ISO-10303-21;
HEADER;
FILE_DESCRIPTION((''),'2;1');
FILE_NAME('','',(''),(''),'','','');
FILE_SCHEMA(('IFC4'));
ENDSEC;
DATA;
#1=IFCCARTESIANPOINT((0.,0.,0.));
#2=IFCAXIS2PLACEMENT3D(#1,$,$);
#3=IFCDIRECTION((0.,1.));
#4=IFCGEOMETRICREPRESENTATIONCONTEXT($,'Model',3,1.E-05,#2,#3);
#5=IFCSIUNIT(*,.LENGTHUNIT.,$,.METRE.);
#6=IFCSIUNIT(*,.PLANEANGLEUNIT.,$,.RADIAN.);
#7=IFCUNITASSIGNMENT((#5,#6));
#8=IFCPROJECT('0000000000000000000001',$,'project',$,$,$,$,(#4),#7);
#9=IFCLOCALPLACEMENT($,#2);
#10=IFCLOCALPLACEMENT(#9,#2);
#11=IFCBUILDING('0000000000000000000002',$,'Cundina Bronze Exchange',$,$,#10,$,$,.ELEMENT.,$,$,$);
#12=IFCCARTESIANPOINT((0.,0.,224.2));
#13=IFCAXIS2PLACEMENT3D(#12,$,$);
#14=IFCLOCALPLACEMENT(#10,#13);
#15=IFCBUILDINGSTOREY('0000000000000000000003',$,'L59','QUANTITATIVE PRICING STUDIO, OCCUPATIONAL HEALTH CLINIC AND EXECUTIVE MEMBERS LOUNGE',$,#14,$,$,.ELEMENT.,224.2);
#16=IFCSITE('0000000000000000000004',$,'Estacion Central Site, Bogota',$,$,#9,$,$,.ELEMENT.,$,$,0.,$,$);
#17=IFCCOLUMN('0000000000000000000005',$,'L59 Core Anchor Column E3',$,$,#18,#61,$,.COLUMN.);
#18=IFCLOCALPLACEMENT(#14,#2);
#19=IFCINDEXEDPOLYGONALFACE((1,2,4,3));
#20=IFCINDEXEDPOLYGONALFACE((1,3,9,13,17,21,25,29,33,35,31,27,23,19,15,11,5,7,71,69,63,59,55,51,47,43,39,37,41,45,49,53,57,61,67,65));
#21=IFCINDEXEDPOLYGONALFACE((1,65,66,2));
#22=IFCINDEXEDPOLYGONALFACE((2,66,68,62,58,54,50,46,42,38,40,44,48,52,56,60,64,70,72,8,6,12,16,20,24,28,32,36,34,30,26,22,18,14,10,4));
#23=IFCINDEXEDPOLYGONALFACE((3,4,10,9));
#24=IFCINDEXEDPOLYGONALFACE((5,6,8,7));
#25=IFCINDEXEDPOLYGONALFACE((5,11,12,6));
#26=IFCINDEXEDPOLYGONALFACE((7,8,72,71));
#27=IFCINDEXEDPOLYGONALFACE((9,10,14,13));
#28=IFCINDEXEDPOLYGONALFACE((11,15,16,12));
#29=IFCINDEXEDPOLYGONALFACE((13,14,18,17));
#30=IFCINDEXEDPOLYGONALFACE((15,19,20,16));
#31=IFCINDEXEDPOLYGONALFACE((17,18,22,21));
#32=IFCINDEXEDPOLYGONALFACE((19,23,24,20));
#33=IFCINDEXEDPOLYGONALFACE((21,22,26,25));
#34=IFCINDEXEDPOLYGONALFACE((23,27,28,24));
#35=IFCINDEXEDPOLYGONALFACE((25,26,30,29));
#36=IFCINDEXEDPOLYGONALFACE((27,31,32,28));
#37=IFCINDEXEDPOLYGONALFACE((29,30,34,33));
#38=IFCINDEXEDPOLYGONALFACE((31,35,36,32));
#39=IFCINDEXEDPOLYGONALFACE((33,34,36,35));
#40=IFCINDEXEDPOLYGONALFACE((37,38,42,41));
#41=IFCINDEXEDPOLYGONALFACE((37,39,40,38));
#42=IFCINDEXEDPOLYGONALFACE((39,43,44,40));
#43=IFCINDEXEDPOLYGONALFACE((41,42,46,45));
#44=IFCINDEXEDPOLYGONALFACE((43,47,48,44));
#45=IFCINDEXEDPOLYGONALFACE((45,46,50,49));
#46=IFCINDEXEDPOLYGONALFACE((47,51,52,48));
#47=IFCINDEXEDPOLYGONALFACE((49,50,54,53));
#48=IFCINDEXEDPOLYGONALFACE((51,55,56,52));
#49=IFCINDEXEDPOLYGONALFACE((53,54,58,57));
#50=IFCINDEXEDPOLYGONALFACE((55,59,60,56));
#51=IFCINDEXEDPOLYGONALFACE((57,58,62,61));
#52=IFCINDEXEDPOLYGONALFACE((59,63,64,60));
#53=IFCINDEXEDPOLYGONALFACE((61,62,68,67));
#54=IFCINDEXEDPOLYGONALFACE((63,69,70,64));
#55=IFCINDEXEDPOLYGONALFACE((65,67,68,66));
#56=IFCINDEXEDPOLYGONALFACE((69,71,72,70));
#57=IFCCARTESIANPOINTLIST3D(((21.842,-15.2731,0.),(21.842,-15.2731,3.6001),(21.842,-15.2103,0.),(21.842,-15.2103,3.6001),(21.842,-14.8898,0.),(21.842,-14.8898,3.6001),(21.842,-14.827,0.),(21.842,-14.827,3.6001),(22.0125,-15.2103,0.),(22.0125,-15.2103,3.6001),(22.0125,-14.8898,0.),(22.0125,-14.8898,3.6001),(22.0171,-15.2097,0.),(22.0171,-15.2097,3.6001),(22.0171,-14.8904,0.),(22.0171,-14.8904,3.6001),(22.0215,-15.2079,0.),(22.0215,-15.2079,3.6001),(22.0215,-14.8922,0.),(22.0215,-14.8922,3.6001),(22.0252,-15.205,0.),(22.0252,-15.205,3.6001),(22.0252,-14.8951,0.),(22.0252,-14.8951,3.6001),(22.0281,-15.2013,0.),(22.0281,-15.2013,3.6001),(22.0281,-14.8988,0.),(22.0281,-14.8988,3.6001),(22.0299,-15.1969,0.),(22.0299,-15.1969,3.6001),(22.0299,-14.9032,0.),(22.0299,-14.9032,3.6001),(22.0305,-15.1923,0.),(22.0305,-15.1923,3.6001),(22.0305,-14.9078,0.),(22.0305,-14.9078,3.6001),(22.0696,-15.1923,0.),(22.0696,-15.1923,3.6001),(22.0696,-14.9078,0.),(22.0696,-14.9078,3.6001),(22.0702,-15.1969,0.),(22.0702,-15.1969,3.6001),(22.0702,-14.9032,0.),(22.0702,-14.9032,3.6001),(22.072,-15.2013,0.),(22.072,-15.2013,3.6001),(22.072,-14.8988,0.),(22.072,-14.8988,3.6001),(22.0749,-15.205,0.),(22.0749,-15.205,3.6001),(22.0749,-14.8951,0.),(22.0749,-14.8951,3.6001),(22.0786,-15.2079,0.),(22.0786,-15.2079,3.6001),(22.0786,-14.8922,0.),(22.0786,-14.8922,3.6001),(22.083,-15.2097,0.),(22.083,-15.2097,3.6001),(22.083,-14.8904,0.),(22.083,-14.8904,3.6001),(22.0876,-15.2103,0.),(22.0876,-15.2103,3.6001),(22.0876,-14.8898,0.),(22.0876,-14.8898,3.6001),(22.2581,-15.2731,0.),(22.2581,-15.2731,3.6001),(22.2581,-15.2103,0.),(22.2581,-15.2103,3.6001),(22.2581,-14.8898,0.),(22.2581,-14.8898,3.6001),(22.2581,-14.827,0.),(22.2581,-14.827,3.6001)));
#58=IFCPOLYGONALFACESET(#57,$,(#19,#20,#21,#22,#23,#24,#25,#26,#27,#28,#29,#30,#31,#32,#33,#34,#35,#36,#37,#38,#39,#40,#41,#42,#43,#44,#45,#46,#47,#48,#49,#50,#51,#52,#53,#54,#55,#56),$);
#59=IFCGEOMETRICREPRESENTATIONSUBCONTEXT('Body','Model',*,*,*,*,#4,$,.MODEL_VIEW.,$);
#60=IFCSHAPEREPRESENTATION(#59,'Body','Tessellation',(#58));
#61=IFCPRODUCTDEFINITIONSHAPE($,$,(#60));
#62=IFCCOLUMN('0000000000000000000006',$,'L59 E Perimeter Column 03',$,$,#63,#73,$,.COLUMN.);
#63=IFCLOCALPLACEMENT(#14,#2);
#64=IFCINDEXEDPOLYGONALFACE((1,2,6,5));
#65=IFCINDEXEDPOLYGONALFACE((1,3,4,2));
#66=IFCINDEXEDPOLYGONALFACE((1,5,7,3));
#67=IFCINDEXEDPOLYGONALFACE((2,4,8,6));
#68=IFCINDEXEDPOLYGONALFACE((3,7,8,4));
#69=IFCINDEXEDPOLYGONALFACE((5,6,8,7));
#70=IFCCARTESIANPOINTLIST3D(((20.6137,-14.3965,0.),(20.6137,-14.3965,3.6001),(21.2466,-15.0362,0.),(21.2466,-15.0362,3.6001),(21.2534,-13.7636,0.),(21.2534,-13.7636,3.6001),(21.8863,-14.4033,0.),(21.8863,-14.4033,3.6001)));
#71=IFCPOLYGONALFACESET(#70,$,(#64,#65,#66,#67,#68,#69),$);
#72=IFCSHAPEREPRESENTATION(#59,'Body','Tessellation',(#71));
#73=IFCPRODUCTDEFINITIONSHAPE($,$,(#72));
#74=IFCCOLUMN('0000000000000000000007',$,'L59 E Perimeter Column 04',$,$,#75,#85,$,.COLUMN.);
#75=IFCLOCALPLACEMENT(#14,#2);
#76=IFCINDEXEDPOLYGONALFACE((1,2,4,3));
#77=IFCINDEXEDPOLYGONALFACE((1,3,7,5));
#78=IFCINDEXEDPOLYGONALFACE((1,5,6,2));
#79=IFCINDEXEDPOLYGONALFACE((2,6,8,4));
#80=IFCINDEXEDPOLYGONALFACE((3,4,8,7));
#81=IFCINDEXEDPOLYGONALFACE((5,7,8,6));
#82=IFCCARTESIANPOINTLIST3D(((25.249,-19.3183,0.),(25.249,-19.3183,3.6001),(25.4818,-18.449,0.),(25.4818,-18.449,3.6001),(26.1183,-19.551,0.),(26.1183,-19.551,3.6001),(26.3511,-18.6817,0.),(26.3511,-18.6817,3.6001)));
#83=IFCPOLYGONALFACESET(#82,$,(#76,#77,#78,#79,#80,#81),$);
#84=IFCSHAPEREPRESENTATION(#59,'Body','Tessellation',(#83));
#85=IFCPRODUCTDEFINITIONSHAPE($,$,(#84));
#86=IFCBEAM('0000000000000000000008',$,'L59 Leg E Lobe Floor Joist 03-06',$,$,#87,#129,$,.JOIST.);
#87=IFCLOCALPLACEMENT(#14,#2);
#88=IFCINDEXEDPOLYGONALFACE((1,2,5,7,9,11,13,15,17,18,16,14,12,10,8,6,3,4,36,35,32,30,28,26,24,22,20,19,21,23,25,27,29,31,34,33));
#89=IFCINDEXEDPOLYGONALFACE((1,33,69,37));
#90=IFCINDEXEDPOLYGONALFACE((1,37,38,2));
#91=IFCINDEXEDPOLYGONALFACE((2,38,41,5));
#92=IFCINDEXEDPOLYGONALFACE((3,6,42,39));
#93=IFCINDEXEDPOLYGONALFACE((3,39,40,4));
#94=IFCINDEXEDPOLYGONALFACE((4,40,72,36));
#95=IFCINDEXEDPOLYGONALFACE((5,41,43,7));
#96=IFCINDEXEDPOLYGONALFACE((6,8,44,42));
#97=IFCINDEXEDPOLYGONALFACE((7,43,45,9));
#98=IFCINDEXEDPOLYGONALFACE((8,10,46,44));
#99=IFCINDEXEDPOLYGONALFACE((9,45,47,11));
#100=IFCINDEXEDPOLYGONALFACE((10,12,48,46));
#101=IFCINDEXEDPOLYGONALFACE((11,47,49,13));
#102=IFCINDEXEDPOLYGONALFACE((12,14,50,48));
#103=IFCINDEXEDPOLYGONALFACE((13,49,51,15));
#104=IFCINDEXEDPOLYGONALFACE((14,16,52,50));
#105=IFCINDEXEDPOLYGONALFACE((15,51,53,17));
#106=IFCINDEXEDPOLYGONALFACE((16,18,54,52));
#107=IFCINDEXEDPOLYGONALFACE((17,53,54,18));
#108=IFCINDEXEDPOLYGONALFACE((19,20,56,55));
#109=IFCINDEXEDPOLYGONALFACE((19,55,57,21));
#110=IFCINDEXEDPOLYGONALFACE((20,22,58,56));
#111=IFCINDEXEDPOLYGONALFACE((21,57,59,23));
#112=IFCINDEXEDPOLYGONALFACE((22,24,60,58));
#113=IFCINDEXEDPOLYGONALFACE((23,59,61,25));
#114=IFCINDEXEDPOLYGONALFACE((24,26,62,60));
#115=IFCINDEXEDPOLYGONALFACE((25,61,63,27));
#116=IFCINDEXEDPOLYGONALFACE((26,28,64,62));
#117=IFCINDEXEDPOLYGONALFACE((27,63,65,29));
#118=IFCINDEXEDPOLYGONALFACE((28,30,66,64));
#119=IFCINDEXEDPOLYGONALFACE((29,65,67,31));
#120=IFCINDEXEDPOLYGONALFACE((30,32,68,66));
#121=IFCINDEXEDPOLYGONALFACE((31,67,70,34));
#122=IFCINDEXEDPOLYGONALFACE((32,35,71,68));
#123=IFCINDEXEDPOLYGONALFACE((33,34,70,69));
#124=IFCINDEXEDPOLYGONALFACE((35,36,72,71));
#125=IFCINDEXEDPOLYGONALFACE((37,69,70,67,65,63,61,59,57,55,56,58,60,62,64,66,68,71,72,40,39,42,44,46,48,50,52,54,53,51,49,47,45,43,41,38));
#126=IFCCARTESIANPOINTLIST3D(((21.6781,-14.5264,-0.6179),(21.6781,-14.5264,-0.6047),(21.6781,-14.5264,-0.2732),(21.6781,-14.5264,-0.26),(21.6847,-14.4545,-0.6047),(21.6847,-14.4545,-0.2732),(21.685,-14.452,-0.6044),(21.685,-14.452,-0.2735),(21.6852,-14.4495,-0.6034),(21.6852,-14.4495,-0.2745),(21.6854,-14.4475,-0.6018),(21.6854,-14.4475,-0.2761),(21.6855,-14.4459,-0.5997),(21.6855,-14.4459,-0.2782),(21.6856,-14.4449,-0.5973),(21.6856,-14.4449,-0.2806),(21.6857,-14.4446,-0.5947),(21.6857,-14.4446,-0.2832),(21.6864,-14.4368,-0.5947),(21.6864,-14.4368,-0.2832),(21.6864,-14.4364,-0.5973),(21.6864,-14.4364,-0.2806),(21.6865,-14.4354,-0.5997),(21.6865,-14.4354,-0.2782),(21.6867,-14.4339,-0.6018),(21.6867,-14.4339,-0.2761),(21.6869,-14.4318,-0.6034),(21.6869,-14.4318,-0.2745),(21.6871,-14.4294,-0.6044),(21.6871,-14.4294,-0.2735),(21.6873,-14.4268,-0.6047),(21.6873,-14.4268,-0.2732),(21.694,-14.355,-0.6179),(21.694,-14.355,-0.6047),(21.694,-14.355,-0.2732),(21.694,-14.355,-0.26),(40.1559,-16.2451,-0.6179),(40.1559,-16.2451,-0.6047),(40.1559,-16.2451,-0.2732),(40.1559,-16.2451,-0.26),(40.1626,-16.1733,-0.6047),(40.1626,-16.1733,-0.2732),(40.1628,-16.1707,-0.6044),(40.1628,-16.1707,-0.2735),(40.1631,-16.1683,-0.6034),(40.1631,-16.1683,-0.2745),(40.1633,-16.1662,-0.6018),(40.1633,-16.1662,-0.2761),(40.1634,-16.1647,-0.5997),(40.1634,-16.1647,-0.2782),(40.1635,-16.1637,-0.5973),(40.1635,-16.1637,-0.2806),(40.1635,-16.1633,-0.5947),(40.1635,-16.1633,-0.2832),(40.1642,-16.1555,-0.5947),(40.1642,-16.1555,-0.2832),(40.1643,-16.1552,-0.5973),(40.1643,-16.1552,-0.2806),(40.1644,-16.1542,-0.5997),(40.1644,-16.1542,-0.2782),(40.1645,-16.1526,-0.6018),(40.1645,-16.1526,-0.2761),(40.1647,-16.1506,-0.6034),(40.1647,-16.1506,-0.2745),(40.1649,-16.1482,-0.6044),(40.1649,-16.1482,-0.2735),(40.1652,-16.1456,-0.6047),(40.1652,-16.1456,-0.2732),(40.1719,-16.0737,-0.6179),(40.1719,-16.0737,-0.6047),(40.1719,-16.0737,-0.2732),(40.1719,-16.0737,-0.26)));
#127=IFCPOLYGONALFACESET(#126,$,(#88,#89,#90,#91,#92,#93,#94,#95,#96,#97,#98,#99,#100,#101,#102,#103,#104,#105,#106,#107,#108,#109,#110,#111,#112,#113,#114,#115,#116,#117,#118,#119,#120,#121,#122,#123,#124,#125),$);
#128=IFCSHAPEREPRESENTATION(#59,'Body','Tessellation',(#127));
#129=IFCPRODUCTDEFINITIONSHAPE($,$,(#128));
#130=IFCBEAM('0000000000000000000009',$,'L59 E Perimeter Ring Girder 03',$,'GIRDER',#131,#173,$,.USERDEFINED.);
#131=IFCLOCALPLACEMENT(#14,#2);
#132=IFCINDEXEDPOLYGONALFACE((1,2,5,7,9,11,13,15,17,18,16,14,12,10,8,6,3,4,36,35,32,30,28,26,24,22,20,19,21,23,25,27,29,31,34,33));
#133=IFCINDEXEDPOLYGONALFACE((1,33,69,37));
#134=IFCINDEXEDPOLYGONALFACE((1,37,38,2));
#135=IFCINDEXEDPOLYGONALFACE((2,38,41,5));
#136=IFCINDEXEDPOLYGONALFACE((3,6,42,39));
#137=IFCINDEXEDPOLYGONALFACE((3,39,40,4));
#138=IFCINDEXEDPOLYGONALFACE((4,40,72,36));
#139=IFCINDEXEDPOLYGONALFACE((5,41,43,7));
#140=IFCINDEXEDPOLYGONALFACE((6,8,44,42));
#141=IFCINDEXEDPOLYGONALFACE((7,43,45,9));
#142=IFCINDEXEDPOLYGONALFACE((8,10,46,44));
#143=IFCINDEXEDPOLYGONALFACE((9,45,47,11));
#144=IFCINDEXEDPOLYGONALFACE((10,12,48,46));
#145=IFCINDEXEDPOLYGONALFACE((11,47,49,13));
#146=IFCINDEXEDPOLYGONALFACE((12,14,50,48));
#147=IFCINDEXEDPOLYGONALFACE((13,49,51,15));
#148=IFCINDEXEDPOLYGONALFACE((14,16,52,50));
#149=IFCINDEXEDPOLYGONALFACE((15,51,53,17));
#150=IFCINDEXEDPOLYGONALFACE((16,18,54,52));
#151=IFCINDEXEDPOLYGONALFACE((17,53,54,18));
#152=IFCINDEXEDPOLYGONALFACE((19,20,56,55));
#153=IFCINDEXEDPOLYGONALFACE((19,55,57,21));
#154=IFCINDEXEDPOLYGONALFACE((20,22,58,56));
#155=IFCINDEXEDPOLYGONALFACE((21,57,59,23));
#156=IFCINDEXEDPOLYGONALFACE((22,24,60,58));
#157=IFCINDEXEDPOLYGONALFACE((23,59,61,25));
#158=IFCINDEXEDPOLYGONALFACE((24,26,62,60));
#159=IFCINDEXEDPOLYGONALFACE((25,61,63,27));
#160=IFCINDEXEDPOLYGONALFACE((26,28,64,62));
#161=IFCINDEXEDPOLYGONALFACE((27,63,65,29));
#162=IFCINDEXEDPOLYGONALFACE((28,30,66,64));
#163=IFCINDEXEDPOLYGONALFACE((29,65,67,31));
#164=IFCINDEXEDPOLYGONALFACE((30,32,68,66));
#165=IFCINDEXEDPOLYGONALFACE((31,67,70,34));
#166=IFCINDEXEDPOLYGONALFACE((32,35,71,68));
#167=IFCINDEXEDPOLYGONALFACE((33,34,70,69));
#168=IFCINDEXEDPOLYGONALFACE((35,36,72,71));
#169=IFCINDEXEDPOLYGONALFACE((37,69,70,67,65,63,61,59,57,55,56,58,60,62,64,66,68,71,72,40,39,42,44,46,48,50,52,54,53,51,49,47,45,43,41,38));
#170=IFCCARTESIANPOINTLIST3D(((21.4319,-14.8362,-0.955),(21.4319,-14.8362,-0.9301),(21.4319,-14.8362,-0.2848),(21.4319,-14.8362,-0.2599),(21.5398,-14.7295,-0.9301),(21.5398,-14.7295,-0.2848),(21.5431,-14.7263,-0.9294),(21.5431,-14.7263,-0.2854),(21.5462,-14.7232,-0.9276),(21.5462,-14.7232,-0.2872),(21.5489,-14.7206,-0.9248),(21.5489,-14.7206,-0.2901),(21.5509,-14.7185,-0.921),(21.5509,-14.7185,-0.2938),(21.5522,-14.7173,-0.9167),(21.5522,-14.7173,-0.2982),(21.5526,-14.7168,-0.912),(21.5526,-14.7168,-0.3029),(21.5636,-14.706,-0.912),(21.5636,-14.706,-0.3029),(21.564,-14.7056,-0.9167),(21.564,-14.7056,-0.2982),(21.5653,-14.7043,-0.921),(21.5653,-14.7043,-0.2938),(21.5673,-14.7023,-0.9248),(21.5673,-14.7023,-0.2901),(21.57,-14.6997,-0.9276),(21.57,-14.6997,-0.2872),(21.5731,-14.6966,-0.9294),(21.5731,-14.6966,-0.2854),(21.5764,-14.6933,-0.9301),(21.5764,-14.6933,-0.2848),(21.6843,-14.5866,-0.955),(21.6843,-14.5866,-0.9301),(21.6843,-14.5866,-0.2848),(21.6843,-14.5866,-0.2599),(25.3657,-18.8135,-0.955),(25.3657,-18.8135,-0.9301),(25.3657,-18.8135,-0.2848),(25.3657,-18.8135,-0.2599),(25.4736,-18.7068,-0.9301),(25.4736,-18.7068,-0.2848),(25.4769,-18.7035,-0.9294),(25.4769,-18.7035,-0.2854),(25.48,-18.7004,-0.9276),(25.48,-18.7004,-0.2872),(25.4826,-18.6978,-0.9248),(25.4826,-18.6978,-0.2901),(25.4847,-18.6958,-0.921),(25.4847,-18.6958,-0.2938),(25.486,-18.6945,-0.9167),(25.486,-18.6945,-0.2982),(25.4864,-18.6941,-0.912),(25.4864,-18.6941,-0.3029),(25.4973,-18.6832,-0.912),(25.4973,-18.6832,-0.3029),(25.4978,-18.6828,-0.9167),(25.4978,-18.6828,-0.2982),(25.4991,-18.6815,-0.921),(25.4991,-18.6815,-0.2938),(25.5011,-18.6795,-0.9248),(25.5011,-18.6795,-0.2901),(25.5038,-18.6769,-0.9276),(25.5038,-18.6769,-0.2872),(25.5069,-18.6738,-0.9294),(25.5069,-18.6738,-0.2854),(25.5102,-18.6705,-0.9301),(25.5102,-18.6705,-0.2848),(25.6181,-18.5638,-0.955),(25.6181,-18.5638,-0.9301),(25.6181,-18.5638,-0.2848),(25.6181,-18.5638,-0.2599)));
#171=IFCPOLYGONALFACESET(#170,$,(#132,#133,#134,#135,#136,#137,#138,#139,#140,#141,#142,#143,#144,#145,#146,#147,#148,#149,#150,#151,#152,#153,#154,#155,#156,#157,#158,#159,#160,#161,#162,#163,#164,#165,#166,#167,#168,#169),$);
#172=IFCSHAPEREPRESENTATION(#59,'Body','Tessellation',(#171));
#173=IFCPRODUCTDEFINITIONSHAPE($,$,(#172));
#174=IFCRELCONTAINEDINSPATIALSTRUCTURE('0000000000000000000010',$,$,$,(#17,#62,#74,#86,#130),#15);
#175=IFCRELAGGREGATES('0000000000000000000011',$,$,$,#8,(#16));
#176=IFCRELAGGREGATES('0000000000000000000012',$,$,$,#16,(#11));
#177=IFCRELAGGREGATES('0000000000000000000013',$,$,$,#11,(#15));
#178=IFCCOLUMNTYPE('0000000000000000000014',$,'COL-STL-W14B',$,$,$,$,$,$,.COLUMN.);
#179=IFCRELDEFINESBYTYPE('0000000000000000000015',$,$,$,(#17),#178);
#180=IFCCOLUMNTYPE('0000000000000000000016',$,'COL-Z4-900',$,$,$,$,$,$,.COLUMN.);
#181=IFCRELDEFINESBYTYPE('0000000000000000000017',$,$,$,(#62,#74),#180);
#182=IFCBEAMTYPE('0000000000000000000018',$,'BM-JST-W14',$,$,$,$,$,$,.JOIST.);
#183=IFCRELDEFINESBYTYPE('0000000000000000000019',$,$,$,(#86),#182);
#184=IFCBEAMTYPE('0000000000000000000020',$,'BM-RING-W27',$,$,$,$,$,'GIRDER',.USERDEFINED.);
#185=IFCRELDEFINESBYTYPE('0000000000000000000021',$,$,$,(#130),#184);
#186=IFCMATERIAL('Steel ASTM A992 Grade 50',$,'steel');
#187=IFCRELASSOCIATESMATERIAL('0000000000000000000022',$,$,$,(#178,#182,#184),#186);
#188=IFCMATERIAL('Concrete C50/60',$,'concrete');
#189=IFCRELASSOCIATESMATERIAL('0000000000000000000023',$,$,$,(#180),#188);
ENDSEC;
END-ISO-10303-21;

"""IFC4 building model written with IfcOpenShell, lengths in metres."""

from ifc_helpers import new_model, si_unit, direction, frame, origin, origin_2d, place, context, subcontext, project, spatial, rectangle, i_section, extrude, material, material_profile, profile_set, type_object, element, save


model = new_model("IFC4")

# Units and contexts
model_context = context("Model", 3, precision=1e-05, world=origin(), true_north=direction((0.0, 1.0)))
body_context = subcontext(model_context, "Body", "Model", "MODEL_VIEW")
ifc_project = project(units=[si_unit("LENGTHUNIT", "METRE"), si_unit("PLANEANGLEUNIT", "RADIAN")], contexts=[model_context])

# Site, building, storey
site_placement = place(None, origin())
site = spatial("IfcSite", under=ifc_project, at=site_placement, Name="Estacion Central Site, Bogota", CompositionType="ELEMENT", RefElevation=0.0)
building_placement = place(site_placement, origin())
building = spatial("IfcBuilding", under=site, at=building_placement, Name="Cundina Bronze Exchange", CompositionType="ELEMENT")
storey_placement = place(building_placement, frame((0.0, 0.0, 224.2)))
storey = spatial("IfcBuildingStorey", under=building, at=storey_placement, Name="L59", Description="QUANTITATIVE PRICING STUDIO, OCCUPATIONAL HEALTH CLINIC AND EXECUTIVE MEMBERS LOUNGE", CompositionType="ELEMENT", Elevation=224.2)

# Columns
ifc_material_1 = material(Name="Steel ASTM A992 Grade 50", Category="steel")
ifc_material_profile_1 = material_profile(ifc_material_1, i_section(OverallWidth=0.416, OverallDepth=0.446, WebThickness=0.0391, FlangeThickness=0.0627, FilletRadius=0.0181, at=origin_2d()), Name="W14X342", Category="steel")
ifc_profile_set_1 = profile_set([ifc_material_profile_1], Name="Steel ASTM A992 Grade 50")
column_type_1 = type_object("IfcColumnType", Name="COL-STL-W14B", PredefinedType="COLUMN", material=ifc_profile_set_1)
column_placement = place(storey_placement, frame((22.05, -15.05, 0.0), z_axis=(0.0, 0.0, 1.0), x_axis=(1.0, 0.0, 0.0)))
element("IfcColumn", 1, at=column_placement, inside=storey, type_object=column_type_1, Name="L59 Core Anchor Column E3", PredefinedType="COLUMN", context=body_context, shape_type="SweptSolid", body=[
    extrude(i_section(OverallWidth=0.416, OverallDepth=0.446, WebThickness=0.0391, FlangeThickness=0.0627, FilletRadius=0.0181, at=origin_2d()), origin(), (0.0, 0.0, 1.0), 3.6001),
])
ifc_material_2 = material(Name="Concrete C50/60", Category="concrete")
ifc_material_profile_2 = material_profile(ifc_material_2, rectangle(XDim=0.8999, YDim=0.8999, at=origin_2d()), Name="RC900X900", Category="concrete")
ifc_profile_set_2 = profile_set([ifc_material_profile_2], Name="Concrete C50/60")
column_type_2 = type_object("IfcColumnType", Name="COL-Z4-900", PredefinedType="COLUMN", material=ifc_profile_set_2)
for number, where, z_axis, x_axis, name in (
    (2, (21.25, -14.3999, 0.0), (0.0, 0.0, 1.0), (0.703271, -0.710922, 0.0), "L59 E Perimeter Column 03"),
    (3, (25.8, -19.0, 0.0), (0.0, 0.0, 1.0), (0.965971, -0.25865, 0.0), "L59 E Perimeter Column 04"),
):
    element("IfcColumn", number, at=place(storey_placement, frame(where, z_axis=z_axis, x_axis=x_axis)), inside=storey, type_object=column_type_2, Name=name, PredefinedType="COLUMN", context=body_context, shape_type="SweptSolid", body=[
        extrude(rectangle(XDim=0.8999, YDim=0.8999, at=origin_2d()), origin(), (0.0, 0.0, 1.0), 3.6001),
    ])

# Beams
ifc_material_profile_3 = material_profile(ifc_material_1, i_section(OverallWidth=0.1721, OverallDepth=0.3579, WebThickness=0.0078, FlangeThickness=0.0132, FilletRadius=0.01, at=origin_2d()), Name="W14X38", Category="steel")
ifc_profile_set_3 = profile_set([ifc_material_profile_3], Name="Steel ASTM A992 Grade 50")
beam_type_1 = type_object("IfcBeamType", Name="BM-JST-W14", PredefinedType="JOIST", material=ifc_profile_set_3)
beam_1_placement = place(storey_placement, frame((21.686, -14.4407, -0.439), z_axis=(0.995702, -0.092617, 0.0), x_axis=(0.092617, 0.995702, 0.0)))
element("IfcBeam", 4, at=beam_1_placement, inside=storey, type_object=beam_type_1, Name="L59 Leg E Lobe Floor Joist 03-06", PredefinedType="JOIST", context=body_context, shape_type="SweptSolid", body=[
    extrude(i_section(OverallWidth=0.1721, OverallDepth=0.3579, WebThickness=0.0078, FlangeThickness=0.0132, FilletRadius=0.01, at=origin_2d()), origin(), (0.0, 0.0, 1.0), 18.5576),
])
ifc_material_profile_4 = material_profile(ifc_material_1, i_section(OverallWidth=0.355, OverallDepth=0.6951, WebThickness=0.0154, FlangeThickness=0.0249, FilletRadius=0.0181, at=origin_2d()), Name="W27X146", Category="steel")
ifc_profile_set_4 = profile_set([ifc_material_profile_4], Name="Steel ASTM A992 Grade 50")
beam_type_2 = type_object("IfcBeamType", Name="BM-RING-W27", ElementType="GIRDER", PredefinedType="USERDEFINED", material=ifc_profile_set_4)
beam_2_placement = place(storey_placement, frame((21.5581, -14.7114, -0.6074), z_axis=(0.703212, -0.71098, 0.0), x_axis=(0.71098, 0.703212, 0.0)))
element("IfcBeam", 5, at=beam_2_placement, inside=storey, type_object=beam_type_2, Name="L59 E Perimeter Ring Girder 03", ObjectType="GIRDER", PredefinedType="USERDEFINED", context=body_context, shape_type="SweptSolid", body=[
    extrude(i_section(OverallWidth=0.355, OverallDepth=0.6951, WebThickness=0.0154, FlangeThickness=0.0249, FilletRadius=0.0181, at=origin_2d()), origin(), (0.0, 0.0, 1.0), 5.594),
])

save(model, "model.ifc")
